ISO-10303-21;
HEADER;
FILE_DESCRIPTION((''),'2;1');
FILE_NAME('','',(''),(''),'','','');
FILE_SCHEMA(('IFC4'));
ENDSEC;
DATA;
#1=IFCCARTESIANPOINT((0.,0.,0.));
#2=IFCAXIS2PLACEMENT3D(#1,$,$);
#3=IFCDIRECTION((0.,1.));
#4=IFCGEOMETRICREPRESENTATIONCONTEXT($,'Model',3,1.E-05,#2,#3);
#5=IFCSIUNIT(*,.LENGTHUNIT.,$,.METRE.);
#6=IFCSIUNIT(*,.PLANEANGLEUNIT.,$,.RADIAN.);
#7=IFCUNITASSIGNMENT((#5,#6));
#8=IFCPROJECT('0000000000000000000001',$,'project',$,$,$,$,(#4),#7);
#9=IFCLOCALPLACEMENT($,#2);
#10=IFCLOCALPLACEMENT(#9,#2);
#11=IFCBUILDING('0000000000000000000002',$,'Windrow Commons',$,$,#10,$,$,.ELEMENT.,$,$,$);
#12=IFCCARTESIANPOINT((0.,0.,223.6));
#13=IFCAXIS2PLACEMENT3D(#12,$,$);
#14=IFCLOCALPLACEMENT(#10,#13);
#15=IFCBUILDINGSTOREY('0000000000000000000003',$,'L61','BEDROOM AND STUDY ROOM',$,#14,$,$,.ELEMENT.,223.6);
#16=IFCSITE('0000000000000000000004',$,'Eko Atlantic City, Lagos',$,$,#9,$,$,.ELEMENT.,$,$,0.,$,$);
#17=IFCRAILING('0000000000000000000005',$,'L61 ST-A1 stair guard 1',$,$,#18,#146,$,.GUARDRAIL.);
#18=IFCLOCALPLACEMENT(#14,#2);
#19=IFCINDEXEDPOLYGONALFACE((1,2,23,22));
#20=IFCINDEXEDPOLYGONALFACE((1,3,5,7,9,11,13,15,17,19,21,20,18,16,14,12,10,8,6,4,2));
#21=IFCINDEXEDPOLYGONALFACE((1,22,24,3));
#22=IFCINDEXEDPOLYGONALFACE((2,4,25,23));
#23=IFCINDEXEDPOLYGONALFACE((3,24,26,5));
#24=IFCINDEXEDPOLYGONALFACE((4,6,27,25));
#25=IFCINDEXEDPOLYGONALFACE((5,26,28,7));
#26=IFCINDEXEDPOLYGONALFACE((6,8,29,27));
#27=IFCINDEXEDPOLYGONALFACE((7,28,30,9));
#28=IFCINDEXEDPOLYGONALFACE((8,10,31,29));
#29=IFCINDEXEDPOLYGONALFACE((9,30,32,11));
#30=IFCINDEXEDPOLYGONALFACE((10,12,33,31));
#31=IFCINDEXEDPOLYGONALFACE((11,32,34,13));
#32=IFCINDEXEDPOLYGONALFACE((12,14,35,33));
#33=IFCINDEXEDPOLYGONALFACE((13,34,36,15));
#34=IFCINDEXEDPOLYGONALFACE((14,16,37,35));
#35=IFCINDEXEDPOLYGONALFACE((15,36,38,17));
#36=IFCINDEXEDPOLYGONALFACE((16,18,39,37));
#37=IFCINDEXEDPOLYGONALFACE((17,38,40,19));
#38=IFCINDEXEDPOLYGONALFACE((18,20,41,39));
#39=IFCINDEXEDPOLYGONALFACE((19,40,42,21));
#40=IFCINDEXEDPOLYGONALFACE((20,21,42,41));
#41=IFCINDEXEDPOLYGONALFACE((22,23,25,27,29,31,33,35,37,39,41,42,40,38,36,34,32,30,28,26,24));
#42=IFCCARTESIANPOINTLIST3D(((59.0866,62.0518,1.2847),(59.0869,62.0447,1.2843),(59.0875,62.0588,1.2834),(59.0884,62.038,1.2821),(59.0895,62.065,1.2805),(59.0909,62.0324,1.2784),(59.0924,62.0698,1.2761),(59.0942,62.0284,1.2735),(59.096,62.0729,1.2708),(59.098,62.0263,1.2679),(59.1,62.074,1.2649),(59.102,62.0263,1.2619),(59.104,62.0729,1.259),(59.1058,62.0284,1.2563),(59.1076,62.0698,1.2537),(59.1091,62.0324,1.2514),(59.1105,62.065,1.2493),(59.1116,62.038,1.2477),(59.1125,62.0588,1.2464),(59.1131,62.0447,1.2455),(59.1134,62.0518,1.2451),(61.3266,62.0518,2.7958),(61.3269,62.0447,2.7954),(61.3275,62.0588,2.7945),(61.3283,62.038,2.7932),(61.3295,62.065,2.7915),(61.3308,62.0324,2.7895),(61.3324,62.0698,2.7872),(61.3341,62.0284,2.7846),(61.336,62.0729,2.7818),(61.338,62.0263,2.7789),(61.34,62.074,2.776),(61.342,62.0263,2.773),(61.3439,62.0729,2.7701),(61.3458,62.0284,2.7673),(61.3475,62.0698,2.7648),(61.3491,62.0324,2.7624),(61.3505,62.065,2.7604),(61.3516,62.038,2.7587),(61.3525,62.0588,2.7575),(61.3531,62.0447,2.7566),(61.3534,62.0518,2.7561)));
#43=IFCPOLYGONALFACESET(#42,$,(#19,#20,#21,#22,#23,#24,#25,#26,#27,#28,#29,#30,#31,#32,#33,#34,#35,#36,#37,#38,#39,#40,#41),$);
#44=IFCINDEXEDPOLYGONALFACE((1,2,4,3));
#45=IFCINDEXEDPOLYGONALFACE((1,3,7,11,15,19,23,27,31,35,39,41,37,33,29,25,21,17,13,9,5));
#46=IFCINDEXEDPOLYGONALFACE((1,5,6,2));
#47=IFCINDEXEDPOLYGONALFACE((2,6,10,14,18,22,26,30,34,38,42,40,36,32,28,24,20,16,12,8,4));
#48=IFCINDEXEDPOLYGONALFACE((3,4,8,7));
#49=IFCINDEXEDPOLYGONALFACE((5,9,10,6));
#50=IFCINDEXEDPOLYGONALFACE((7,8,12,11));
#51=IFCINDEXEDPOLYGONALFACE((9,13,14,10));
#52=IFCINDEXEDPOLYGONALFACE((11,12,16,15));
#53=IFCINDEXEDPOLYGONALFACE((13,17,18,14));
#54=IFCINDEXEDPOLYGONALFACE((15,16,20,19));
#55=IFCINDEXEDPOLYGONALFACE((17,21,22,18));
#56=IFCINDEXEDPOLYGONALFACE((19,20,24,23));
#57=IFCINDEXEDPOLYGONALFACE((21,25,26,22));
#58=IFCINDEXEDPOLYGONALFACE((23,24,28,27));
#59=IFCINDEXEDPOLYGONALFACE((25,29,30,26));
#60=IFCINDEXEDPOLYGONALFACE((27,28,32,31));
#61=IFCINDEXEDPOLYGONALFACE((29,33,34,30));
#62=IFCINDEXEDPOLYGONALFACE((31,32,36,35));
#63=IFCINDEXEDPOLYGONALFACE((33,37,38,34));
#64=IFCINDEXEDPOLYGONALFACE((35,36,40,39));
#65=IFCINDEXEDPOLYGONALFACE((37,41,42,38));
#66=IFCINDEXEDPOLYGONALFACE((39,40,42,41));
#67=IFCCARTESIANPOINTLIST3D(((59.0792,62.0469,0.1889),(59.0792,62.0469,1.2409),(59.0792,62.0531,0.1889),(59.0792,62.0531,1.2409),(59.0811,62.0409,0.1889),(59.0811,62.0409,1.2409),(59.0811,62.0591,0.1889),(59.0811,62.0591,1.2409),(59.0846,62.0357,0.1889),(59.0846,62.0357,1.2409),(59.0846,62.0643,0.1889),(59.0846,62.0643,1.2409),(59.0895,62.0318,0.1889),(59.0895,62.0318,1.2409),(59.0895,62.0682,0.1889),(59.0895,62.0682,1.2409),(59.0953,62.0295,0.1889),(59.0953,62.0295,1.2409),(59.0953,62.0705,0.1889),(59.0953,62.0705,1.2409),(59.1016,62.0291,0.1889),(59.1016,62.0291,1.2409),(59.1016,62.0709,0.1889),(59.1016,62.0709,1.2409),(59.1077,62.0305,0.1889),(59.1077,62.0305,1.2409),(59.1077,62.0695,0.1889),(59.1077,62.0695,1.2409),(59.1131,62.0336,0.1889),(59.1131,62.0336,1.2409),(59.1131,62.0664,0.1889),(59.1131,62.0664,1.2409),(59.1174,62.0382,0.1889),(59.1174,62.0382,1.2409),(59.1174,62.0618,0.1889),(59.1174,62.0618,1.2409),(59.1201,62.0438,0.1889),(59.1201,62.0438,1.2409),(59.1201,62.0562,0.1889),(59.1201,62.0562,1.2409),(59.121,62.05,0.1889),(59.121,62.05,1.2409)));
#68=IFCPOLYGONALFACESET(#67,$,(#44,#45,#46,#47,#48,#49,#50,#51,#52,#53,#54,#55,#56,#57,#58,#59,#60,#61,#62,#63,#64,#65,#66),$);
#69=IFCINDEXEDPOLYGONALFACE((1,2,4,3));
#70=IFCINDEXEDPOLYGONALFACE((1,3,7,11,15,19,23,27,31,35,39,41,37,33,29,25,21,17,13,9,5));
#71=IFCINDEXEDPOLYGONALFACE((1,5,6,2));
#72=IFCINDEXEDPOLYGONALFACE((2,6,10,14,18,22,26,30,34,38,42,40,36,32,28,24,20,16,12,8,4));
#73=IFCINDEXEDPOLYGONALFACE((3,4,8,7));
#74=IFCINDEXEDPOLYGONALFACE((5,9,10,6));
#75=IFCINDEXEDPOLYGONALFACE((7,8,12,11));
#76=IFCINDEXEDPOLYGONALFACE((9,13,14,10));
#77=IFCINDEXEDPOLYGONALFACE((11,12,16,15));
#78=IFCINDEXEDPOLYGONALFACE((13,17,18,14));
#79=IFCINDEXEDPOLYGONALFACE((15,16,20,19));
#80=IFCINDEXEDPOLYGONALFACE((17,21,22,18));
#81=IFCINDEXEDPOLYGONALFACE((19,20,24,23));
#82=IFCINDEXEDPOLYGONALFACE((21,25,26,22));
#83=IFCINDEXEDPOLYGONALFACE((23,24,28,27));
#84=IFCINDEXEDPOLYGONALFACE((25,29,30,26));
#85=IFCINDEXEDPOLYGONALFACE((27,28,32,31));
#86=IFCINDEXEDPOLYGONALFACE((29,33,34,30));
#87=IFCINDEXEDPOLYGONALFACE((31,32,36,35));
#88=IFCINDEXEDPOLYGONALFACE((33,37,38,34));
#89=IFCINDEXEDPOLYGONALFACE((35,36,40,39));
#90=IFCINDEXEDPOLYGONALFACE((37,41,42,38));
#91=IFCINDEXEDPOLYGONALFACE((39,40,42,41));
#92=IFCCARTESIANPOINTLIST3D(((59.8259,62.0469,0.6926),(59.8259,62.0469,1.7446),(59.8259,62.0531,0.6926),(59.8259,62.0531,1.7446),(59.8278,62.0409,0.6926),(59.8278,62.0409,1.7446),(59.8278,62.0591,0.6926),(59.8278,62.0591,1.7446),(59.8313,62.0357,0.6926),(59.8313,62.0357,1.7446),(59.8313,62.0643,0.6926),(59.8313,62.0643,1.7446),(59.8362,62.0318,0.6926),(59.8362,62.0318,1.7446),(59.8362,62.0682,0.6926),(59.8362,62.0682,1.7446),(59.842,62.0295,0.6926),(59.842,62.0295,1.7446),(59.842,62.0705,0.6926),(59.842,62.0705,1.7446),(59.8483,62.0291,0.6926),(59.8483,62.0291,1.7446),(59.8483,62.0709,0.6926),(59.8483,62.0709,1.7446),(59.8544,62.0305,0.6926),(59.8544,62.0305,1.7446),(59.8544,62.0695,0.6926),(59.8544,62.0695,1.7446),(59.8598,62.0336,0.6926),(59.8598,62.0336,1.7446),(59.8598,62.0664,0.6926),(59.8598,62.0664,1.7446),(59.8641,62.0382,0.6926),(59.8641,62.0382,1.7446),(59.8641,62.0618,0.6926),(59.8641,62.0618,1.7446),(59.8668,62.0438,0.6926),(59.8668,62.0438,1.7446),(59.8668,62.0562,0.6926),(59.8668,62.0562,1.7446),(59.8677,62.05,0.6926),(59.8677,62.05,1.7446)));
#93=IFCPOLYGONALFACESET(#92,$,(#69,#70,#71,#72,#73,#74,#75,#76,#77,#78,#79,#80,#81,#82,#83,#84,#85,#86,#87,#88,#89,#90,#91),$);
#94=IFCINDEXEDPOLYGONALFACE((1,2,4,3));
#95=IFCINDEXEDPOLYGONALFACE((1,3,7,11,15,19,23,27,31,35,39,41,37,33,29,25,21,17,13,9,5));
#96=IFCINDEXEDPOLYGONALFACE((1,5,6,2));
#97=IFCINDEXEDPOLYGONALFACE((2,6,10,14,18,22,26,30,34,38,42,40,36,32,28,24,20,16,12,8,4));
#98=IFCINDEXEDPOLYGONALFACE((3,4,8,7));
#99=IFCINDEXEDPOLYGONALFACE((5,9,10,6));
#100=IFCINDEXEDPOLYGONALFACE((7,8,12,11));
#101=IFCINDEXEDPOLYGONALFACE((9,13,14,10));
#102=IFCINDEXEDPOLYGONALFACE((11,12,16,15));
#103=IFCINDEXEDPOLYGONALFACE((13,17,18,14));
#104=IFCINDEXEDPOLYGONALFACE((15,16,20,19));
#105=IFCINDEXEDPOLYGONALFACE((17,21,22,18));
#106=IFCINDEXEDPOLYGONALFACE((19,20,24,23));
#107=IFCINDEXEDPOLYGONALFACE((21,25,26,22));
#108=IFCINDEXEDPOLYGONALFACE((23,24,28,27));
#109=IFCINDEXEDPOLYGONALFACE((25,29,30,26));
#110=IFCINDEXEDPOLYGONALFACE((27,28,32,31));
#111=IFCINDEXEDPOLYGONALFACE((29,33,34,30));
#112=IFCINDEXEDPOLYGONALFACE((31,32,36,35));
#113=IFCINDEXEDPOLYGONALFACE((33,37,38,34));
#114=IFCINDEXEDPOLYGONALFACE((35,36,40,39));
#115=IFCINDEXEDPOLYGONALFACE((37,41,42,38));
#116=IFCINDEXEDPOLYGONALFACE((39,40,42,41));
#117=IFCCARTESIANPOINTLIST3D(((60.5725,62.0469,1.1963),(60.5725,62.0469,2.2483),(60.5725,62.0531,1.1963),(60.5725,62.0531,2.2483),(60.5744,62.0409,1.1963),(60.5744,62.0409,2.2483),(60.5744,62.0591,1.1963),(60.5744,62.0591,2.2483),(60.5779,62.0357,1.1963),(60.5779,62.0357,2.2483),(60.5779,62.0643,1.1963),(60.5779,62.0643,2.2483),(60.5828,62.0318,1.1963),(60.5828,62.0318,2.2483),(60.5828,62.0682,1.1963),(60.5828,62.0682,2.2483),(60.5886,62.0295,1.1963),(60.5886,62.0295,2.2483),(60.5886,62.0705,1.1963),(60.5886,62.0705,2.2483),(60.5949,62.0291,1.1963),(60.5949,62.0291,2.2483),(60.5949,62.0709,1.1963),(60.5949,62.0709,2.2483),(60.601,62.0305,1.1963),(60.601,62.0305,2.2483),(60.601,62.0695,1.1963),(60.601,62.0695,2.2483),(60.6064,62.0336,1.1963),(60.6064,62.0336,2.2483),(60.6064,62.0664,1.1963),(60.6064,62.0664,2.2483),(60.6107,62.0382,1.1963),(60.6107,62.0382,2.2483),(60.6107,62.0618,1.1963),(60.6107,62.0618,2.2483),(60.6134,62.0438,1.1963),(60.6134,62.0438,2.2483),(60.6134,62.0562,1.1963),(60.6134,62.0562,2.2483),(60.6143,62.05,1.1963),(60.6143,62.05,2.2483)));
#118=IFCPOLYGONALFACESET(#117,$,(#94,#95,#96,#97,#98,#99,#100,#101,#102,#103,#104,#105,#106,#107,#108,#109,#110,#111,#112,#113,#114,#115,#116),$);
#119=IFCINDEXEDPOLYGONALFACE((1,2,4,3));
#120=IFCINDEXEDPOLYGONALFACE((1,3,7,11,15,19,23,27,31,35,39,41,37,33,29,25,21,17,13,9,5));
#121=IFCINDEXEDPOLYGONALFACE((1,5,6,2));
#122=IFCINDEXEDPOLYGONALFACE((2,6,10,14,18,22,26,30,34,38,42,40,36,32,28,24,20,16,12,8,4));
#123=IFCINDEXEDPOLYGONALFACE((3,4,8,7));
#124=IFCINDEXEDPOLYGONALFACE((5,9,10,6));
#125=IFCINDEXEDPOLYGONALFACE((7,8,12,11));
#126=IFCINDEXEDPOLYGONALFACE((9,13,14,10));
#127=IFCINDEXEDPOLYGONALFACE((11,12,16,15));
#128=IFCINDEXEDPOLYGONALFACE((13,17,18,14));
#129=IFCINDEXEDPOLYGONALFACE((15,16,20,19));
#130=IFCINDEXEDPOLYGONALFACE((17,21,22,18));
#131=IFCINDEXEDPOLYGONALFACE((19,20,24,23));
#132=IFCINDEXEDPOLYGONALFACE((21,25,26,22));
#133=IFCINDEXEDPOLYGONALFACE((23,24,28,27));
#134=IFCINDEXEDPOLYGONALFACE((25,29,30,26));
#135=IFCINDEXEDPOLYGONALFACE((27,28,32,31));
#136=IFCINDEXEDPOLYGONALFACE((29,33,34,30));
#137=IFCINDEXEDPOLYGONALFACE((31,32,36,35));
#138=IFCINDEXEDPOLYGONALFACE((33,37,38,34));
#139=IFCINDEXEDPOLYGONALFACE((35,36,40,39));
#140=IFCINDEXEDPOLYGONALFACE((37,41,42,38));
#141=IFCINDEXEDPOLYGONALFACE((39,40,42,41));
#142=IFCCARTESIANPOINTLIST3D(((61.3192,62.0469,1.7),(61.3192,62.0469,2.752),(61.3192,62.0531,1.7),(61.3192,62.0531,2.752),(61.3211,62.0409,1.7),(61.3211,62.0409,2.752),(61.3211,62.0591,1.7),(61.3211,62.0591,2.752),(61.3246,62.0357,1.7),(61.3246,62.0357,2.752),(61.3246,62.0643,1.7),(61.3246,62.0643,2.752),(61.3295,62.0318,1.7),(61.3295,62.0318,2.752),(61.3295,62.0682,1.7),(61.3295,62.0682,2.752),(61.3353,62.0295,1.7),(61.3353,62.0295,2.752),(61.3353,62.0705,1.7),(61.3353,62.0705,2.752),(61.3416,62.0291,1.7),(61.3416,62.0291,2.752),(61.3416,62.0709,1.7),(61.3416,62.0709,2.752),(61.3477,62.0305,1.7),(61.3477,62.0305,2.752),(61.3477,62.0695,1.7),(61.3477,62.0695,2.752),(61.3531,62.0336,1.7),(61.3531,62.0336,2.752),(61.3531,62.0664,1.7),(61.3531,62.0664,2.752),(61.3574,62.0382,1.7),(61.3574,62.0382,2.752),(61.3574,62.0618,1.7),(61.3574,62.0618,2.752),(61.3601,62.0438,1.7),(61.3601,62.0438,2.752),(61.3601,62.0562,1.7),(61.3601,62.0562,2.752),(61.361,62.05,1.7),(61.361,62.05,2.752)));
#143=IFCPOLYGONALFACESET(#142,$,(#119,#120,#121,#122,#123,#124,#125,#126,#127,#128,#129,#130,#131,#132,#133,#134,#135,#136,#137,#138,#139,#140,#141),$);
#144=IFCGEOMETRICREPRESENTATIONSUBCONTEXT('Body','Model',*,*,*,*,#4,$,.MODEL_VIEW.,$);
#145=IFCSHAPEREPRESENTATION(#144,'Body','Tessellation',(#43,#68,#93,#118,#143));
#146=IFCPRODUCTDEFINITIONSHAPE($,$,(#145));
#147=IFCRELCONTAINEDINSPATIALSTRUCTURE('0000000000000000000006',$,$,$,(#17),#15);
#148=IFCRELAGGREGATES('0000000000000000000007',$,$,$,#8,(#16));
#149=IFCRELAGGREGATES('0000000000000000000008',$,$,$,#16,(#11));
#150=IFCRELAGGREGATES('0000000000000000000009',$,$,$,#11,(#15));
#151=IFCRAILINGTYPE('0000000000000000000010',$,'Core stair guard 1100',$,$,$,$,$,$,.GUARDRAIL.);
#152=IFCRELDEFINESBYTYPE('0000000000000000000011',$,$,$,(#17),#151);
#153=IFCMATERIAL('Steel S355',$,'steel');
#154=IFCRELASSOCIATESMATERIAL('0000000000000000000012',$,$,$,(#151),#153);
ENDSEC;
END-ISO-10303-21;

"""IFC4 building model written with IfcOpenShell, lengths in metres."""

from ifc_helpers import new_model, si_unit, direction, frame, origin, origin_2d, place, context, subcontext, project, spatial, circle, extrude, material, type_object, element, save


model = new_model("IFC4")

# Units and contexts
model_context = context("Model", 3, precision=1e-05, world=origin(), true_north=direction((0.0, 1.0)))
body_context = subcontext(model_context, "Body", "Model", "MODEL_VIEW")
ifc_project = project(units=[si_unit("LENGTHUNIT", "METRE"), si_unit("PLANEANGLEUNIT", "RADIAN")], contexts=[model_context])

# Site, building, storey
site_placement = place(None, origin())
site = spatial("IfcSite", under=ifc_project, at=site_placement, Name="Eko Atlantic City, Lagos", CompositionType="ELEMENT", RefElevation=0.0)
building_placement = place(site_placement, origin())
building = spatial("IfcBuilding", under=site, at=building_placement, Name="Windrow Commons", CompositionType="ELEMENT")
storey_placement = place(building_placement, frame((0.0, 0.0, 223.6)))
storey = spatial("IfcBuildingStorey", under=building, at=storey_placement, Name="L61", Description="BEDROOM AND STUDY ROOM", CompositionType="ELEMENT", Elevation=223.6)

# Railing
ifc_material_1 = material(Name="Steel S355", Category="steel")
railing_type_1 = type_object("IfcRailingType", Name="Core stair guard 1100", PredefinedType="GUARDRAIL", material=ifc_material_1)
railing_1_placement = place(storey_placement, frame((59.1, 62.05, 0.1889)))
element("IfcRailing", 1, at=railing_1_placement, inside=storey, type_object=railing_type_1, Name="L61 ST-A1 stair guard 1", PredefinedType="GUARDRAIL", context=body_context, shape_type="SweptSolid", body=[
    extrude(circle(Radius=0.024, at=origin_2d()), frame((0.0, 0.0, 1.076), z_axis=(0.829003, 0.0, 0.559244), x_axis=(0.0, 1.0, 0.0)), (0.0, 0.0, 1.0), 2.702),
    extrude(circle(Radius=0.021, at=origin_2d()), origin(), (0.0, 0.0, 1.0), 1.052),
    extrude(circle(Radius=0.021, at=origin_2d()), frame((0.7467, 0.0, 0.5037)), (0.0, 0.0, 1.0), 1.052),
    extrude(circle(Radius=0.021, at=origin_2d()), frame((1.4933, 0.0, 1.0074)), (0.0, 0.0, 1.0), 1.052),
    extrude(circle(Radius=0.021, at=origin_2d()), frame((2.24, 0.0, 1.5111)), (0.0, 0.0, 1.0), 1.052),
])

save(model, "model.ifc")
